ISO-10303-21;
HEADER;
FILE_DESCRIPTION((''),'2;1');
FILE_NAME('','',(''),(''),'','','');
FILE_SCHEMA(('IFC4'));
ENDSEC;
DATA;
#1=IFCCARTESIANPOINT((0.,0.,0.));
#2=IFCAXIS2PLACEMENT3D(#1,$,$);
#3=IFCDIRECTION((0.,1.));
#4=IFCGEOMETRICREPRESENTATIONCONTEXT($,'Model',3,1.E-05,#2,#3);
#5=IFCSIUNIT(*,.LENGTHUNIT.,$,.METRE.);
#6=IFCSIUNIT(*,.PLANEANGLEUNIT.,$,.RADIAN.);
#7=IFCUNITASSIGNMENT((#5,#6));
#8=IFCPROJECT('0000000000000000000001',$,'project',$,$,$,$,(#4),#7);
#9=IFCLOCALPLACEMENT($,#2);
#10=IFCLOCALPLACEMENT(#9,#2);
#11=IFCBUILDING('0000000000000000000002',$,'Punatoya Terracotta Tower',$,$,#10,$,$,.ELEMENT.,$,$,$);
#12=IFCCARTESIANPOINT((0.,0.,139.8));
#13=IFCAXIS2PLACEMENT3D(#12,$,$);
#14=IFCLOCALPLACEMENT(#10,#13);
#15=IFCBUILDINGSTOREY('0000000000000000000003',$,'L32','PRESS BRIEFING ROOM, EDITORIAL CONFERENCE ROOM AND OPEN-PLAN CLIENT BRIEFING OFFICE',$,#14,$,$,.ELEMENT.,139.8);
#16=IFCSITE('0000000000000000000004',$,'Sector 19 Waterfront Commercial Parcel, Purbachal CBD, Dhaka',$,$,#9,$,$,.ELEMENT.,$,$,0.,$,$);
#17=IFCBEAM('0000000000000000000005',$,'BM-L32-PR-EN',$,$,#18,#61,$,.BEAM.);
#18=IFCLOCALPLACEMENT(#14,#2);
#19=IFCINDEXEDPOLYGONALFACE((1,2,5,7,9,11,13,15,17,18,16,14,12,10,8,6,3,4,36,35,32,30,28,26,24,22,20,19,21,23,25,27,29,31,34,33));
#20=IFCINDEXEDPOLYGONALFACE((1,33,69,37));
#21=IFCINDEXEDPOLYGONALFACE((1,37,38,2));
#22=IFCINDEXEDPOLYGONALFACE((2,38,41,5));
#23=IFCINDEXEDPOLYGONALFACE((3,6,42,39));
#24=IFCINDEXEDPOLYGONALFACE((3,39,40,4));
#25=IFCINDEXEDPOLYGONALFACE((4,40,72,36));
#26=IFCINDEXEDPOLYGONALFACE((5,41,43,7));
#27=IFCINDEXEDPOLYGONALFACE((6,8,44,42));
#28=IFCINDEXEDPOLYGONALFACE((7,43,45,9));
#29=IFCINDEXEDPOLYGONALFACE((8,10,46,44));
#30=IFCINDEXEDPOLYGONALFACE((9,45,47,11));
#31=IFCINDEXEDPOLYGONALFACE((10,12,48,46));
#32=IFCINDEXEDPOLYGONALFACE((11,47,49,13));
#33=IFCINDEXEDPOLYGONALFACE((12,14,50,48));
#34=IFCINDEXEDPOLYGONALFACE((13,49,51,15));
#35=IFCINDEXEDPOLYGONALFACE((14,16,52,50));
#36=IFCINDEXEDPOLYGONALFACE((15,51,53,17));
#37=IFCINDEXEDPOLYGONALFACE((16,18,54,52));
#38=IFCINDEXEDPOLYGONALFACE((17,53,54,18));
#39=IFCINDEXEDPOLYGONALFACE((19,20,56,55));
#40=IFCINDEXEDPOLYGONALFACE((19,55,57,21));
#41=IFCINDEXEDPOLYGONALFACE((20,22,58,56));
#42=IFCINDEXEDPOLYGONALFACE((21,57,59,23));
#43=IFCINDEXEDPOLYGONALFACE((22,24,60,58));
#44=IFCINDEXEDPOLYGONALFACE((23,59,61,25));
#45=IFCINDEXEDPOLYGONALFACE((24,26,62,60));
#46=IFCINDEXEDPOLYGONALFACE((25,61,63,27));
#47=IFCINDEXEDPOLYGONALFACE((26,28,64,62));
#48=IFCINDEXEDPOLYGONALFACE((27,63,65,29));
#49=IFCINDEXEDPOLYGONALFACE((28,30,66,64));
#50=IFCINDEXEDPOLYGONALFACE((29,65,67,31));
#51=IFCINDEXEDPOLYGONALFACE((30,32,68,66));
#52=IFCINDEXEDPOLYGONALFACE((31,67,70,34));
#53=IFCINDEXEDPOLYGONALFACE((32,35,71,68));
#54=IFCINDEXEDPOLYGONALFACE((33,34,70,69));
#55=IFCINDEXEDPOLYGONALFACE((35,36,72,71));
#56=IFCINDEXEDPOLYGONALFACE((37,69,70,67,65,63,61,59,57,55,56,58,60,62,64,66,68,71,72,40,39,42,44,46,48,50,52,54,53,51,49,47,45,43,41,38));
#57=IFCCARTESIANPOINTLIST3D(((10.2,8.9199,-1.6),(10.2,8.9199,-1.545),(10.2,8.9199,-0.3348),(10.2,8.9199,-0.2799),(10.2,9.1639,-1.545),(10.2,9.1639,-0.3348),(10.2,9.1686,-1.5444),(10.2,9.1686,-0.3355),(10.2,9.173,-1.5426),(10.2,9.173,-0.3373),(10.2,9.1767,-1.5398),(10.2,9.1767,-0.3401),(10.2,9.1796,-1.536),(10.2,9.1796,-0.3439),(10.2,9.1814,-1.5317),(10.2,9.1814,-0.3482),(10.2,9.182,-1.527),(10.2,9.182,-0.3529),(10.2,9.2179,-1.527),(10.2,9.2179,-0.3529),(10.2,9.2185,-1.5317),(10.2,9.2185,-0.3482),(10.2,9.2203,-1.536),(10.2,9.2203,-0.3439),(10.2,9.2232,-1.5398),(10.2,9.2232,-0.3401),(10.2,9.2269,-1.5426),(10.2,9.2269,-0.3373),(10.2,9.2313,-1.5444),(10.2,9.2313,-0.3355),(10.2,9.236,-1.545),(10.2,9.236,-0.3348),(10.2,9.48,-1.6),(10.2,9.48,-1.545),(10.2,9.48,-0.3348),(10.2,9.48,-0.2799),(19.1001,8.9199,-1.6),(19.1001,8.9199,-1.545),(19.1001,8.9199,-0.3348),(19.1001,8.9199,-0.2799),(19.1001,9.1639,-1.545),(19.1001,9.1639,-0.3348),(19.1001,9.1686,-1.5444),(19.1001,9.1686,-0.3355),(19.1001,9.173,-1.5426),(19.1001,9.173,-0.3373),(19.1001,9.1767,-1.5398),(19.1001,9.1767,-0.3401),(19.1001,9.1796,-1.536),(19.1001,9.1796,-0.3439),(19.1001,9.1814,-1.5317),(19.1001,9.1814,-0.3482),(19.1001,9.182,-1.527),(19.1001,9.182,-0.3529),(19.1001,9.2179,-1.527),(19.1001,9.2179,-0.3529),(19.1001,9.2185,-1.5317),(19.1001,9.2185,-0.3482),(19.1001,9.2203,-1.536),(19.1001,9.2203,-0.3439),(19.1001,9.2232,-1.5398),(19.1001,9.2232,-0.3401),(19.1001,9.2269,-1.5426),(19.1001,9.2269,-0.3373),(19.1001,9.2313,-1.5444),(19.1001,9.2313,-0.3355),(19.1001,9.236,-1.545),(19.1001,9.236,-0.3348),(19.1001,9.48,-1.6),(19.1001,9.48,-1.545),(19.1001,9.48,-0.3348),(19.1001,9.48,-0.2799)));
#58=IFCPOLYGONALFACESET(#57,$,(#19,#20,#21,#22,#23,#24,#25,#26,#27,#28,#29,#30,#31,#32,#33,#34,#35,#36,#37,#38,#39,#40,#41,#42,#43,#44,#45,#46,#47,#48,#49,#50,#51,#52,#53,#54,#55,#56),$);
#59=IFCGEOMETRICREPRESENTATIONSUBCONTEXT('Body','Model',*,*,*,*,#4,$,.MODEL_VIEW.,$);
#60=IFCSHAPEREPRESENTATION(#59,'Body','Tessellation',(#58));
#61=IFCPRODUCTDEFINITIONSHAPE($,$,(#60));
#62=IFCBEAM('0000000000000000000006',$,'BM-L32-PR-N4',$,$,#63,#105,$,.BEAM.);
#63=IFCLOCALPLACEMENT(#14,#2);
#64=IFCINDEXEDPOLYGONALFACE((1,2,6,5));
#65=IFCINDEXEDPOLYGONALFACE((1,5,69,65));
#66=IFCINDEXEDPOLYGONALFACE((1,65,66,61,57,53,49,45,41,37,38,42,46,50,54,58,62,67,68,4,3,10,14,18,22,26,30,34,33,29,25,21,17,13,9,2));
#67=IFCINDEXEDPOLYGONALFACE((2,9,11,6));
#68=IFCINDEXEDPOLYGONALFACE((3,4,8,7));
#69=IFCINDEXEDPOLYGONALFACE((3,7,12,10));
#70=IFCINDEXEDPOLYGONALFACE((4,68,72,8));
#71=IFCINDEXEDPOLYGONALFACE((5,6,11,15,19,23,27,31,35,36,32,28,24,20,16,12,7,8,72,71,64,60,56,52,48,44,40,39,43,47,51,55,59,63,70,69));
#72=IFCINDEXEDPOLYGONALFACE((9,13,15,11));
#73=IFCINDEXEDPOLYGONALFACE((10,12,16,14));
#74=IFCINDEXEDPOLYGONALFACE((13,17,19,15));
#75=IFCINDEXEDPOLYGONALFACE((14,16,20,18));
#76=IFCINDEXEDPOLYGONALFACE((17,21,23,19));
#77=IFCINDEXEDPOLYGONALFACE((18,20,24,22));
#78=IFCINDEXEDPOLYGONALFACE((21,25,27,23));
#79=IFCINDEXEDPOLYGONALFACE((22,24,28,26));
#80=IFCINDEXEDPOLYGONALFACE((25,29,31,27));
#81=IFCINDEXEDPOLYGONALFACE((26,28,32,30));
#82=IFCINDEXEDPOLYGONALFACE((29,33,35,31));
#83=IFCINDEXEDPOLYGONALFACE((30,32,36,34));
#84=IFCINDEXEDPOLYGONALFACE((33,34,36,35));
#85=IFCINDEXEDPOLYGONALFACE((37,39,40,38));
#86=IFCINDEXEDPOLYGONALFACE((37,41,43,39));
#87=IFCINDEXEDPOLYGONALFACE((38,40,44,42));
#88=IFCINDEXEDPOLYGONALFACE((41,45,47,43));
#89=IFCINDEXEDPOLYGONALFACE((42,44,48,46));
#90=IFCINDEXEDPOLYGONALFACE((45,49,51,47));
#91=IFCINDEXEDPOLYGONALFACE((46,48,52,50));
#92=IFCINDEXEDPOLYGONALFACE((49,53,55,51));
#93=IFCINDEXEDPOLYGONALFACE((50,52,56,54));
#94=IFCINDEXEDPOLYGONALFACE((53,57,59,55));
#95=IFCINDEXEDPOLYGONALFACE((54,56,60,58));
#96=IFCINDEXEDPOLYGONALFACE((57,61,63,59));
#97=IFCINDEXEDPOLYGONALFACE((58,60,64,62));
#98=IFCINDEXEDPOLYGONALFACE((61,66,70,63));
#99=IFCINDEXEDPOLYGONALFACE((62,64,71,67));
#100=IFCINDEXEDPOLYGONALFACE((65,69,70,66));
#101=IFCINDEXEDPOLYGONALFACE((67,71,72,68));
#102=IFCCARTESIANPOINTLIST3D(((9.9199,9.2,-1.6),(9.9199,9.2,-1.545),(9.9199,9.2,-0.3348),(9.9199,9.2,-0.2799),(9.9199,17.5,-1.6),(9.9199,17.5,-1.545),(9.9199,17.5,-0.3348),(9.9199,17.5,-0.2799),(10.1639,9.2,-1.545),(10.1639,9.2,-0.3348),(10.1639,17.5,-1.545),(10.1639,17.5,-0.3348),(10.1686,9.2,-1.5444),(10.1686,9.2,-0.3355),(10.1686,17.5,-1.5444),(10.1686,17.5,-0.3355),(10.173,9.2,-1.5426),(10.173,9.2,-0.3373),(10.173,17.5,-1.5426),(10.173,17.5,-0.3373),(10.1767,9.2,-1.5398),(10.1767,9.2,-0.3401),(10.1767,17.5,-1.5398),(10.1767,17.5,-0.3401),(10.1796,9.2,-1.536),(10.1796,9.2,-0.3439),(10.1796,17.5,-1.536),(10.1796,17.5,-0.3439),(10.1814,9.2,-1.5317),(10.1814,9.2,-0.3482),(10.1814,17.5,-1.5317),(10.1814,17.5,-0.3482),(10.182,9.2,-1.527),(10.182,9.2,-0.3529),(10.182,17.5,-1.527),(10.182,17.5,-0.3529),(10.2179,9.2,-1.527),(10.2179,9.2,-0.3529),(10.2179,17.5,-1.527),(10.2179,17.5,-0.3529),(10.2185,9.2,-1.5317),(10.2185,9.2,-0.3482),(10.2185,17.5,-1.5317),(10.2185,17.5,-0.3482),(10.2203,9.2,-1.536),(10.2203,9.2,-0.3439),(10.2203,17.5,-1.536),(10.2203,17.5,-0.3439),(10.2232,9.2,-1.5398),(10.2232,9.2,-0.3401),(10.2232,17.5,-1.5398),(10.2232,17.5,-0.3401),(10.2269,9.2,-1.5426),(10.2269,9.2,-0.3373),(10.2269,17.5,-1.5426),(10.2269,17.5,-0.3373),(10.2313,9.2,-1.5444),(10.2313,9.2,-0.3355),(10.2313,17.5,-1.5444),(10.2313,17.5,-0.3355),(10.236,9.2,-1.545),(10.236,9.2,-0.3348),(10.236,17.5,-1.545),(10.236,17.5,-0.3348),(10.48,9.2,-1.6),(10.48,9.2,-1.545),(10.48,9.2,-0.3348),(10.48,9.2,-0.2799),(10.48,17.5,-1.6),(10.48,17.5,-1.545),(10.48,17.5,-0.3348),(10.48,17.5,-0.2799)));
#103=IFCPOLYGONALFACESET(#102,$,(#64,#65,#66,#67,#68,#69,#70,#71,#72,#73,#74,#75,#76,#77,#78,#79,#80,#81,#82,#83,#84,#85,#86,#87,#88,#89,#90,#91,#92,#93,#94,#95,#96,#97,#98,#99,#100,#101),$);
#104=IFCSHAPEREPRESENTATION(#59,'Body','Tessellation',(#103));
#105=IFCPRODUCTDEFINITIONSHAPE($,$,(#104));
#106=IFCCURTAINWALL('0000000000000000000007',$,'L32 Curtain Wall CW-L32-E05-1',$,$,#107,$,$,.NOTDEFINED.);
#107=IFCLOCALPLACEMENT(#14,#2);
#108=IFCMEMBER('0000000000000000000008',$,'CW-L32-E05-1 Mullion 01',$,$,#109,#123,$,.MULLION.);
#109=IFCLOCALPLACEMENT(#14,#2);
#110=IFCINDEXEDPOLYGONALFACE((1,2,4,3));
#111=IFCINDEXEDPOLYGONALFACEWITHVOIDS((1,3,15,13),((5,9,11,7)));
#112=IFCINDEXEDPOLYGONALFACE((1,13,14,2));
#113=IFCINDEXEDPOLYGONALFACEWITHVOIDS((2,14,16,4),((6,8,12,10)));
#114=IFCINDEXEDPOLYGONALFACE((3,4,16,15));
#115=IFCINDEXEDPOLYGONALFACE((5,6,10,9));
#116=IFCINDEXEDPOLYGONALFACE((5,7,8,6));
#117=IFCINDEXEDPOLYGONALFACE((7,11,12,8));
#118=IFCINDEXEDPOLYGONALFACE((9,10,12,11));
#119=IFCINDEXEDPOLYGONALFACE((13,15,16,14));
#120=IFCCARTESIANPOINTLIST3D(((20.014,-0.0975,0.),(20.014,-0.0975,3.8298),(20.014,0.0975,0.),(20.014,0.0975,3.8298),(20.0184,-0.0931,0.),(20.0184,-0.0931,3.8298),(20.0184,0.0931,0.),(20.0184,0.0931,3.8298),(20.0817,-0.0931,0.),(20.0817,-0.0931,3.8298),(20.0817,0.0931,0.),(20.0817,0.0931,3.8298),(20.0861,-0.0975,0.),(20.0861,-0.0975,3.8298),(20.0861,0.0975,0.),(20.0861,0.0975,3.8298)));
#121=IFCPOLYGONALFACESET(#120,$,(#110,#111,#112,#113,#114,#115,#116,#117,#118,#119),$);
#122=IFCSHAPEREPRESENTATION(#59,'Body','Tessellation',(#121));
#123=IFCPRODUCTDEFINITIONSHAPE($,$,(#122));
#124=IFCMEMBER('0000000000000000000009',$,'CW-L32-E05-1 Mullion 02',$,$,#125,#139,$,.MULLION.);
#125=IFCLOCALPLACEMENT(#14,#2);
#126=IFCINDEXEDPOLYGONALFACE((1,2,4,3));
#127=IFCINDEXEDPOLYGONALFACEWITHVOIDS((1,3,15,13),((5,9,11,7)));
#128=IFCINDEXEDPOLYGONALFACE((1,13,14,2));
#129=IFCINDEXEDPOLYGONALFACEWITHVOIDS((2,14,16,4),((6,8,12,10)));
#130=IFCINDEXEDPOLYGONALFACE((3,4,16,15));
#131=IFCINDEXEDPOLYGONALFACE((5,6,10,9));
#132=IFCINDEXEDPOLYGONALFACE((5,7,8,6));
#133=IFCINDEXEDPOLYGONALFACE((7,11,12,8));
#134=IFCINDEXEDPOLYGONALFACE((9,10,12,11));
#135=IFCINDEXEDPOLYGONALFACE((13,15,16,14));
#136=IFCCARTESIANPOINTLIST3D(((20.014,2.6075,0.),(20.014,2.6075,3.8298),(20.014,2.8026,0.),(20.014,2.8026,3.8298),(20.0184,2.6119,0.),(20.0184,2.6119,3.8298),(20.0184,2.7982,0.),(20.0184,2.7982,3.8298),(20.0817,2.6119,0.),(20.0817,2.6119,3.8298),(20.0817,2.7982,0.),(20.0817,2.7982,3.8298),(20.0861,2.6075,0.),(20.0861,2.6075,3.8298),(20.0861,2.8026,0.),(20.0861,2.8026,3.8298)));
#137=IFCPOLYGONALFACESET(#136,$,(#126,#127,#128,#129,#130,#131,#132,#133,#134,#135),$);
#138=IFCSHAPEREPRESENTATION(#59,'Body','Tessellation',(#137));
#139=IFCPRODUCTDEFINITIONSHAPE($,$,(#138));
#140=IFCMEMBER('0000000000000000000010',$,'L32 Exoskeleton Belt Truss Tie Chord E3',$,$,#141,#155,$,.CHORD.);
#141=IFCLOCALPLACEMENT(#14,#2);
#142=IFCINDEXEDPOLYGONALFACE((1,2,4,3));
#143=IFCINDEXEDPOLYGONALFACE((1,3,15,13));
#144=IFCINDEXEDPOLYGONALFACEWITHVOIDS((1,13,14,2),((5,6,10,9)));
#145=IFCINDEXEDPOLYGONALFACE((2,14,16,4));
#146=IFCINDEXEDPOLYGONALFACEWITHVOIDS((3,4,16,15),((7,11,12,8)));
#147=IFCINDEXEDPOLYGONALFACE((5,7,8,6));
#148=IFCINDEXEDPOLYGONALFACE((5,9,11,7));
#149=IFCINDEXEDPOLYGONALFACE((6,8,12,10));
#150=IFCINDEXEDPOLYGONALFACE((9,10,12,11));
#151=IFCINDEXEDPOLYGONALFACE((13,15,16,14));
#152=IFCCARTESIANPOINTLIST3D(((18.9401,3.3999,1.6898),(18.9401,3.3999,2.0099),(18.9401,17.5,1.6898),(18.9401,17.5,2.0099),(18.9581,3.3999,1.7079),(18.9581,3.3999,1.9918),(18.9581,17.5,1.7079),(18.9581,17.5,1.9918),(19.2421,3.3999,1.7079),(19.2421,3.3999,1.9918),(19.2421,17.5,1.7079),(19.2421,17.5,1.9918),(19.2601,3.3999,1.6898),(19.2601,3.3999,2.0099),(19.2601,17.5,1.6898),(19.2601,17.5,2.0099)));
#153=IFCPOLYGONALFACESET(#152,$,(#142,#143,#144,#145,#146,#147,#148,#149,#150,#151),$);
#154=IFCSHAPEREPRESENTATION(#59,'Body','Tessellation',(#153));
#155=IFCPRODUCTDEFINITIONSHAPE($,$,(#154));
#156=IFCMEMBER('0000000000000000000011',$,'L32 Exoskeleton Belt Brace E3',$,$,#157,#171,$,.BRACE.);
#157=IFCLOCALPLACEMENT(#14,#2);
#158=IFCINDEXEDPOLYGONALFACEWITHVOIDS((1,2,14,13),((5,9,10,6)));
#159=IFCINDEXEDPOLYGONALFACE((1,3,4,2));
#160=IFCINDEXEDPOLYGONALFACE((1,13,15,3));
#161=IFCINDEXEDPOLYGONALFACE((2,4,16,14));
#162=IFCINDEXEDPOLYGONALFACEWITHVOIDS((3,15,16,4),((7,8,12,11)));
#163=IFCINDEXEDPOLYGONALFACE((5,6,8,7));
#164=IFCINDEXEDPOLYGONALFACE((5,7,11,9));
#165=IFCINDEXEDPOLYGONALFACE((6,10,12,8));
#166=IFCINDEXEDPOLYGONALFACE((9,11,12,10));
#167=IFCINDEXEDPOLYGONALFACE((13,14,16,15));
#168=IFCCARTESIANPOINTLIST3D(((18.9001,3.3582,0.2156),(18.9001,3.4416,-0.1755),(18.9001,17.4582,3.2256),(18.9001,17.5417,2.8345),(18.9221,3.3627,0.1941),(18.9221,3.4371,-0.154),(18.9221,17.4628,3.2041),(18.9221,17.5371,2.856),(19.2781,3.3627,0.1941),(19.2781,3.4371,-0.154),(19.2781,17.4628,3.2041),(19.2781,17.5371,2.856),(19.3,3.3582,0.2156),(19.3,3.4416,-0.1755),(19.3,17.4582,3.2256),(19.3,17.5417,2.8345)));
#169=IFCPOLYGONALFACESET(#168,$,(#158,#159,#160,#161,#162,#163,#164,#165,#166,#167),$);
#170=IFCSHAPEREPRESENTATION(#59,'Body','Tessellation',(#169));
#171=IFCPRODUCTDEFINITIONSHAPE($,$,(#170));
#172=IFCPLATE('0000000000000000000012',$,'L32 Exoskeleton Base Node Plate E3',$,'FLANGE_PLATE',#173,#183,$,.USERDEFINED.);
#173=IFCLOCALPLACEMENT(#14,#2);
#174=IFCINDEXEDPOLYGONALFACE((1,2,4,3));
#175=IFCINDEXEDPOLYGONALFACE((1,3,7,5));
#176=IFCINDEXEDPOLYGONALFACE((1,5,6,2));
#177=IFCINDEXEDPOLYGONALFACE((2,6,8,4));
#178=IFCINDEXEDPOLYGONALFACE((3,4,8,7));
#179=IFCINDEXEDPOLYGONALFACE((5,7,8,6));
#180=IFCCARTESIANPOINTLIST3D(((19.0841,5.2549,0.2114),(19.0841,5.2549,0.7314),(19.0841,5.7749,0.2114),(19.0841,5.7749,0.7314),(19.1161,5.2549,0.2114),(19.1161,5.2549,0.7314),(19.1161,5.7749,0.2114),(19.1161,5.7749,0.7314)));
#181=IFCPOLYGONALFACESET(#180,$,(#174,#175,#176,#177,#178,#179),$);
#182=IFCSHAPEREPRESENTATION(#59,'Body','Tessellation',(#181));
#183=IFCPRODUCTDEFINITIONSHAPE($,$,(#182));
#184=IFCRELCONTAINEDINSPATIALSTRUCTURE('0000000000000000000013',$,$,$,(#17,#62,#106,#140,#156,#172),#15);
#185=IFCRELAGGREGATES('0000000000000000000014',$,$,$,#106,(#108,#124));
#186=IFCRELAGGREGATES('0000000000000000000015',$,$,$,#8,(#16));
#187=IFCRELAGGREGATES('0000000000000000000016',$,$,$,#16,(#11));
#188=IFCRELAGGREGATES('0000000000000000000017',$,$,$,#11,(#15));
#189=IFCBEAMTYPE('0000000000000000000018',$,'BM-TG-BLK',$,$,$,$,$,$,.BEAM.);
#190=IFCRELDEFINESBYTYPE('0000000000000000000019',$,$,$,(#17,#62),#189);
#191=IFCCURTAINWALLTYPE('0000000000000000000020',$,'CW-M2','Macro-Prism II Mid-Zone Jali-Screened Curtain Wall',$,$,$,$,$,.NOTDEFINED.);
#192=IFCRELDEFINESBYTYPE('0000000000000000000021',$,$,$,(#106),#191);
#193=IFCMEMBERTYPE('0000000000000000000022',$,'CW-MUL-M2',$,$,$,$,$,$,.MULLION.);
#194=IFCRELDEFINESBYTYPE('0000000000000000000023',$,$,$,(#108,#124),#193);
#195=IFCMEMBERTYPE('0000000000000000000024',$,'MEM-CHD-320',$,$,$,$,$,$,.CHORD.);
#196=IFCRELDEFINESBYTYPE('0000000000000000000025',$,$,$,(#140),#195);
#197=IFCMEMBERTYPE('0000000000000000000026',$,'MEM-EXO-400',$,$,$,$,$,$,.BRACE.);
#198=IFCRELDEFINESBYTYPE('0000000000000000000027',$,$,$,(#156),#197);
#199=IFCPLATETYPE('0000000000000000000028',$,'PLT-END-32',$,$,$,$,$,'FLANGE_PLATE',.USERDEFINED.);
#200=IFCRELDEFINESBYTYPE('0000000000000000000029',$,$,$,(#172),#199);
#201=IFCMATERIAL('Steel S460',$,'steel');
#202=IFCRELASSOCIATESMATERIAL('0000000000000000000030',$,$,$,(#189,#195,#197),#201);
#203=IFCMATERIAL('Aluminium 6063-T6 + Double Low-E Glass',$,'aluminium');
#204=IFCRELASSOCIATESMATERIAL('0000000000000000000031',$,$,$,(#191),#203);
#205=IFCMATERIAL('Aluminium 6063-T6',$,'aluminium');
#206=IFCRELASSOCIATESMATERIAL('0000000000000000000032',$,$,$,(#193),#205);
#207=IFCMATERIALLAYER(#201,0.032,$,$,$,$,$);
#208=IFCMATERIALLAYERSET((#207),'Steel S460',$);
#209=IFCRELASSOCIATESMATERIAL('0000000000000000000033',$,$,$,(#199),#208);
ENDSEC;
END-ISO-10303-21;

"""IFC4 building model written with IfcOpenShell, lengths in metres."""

from ifc_helpers import new_model, si_unit, direction, frame, origin, origin_2d, place, context, subcontext, project, spatial, rectangle, hollow_rectangle, i_section, extrude, material, layer, layer_set, material_profile, profile_set, type_object, element, aggregate, save


model = new_model("IFC4")

# Units and contexts
model_context = context("Model", 3, precision=1e-05, world=origin(), true_north=direction((0.0, 1.0)))
body_context = subcontext(model_context, "Body", "Model", "MODEL_VIEW")
ifc_project = project(units=[si_unit("LENGTHUNIT", "METRE"), si_unit("PLANEANGLEUNIT", "RADIAN")], contexts=[model_context])

# Site, building, storey
site_placement = place(None, origin())
site = spatial("IfcSite", under=ifc_project, at=site_placement, Name="Sector 19 Waterfront Commercial Parcel, Purbachal CBD, Dhaka", CompositionType="ELEMENT", RefElevation=0.0)
building_placement = place(site_placement, origin())
building = spatial("IfcBuilding", under=site, at=building_placement, Name="Punatoya Terracotta Tower", CompositionType="ELEMENT")
storey_placement = place(building_placement, frame((0.0, 0.0, 139.8)))
storey = spatial("IfcBuildingStorey", under=building, at=storey_placement, Name="L32", Description="PRESS BRIEFING ROOM, EDITORIAL CONFERENCE ROOM AND OPEN-PLAN CLIENT BRIEFING OFFICE", CompositionType="ELEMENT", Elevation=139.8)

# Shared definitions
ifc_material_1 = material(Name="Steel S460", Category="steel")

# Beams
ifc_material_profile_1 = material_profile(ifc_material_1, i_section(OverallWidth=0.5601, OverallDepth=1.3201, WebThickness=0.0359, FlangeThickness=0.0549, FilletRadius=0.0181, at=origin_2d()))
ifc_profile_set_1 = profile_set([ifc_material_profile_1], Name="Steel S460")
beam_type_1 = type_object("IfcBeamType", Name="BM-TG-BLK", PredefinedType="BEAM", material=ifc_profile_set_1)
for number, where, z_axis, x_axis, name in (
    (1, (10.2, 9.2, -0.9399), (1.0, 0.0, 0.0), (0.0, 1.0, 0.0), "BM-L32-PR-EN"),
):
    element("IfcBeam", number, at=place(storey_placement, frame(where, z_axis=z_axis, x_axis=x_axis)), inside=storey, type_object=beam_type_1, Name=name, PredefinedType="BEAM", context=body_context, shape_type="SweptSolid", body=[
        extrude(i_section(OverallWidth=0.5601, OverallDepth=1.3201, WebThickness=0.0359, FlangeThickness=0.0549, FilletRadius=0.0181, at=origin_2d()), origin(), (0.0, 0.0, 1.0), 8.9001),
    ])
beam_1_placement = place(storey_placement, frame((10.2, 9.2, -0.9399), z_axis=(0.0, 1.0, 0.0), x_axis=(-1.0, 0.0, 0.0)))
element("IfcBeam", 2, at=beam_1_placement, inside=storey, type_object=beam_type_1, Name="BM-L32-PR-N4", PredefinedType="BEAM", context=body_context, shape_type="SweptSolid", body=[
    extrude(i_section(OverallWidth=0.5601, OverallDepth=1.3201, WebThickness=0.0359, FlangeThickness=0.0549, FilletRadius=0.0181, at=origin_2d()), origin(), (0.0, 0.0, 1.0), 8.3),
])

# Curtain wall, members
ifc_material_2 = material(Name="Aluminium 6063-T6 + Double Low-E Glass", Category="aluminium")
curtain_wall_type = type_object("IfcCurtainWallType", Name="CW-M2", Description="Macro-Prism II Mid-Zone Jali-Screened Curtain Wall", PredefinedType="NOTDEFINED", material=ifc_material_2)
curtain_wall_placement = place(storey_placement, origin())
curtain_wall = element("IfcCurtainWall", 3, at=curtain_wall_placement, inside=storey, type_object=curtain_wall_type, Name="L32 Curtain Wall CW-L32-E05-1", PredefinedType="NOTDEFINED")
ifc_material_3 = material(Name="Aluminium 6063-T6", Category="aluminium")
ifc_material_profile_2 = material_profile(ifc_material_3, hollow_rectangle(XDim=0.072, YDim=0.1951, WallThickness=0.0044, at=origin_2d()))
ifc_profile_set_2 = profile_set([ifc_material_profile_2], Name="Aluminium 6063-T6")
member_type_1 = type_object("IfcMemberType", Name="CW-MUL-M2", PredefinedType="MULLION", material=ifc_profile_set_2)
member_1_placement = place(storey_placement, frame((20.05, 0.0, 0.0), z_axis=(0.0, 0.0, 1.0), x_axis=(1.0, 0.0, 0.0)))
member_1 = element("IfcMember", 4, at=member_1_placement, type_object=member_type_1, Name="CW-L32-E05-1 Mullion 01", PredefinedType="MULLION", context=body_context, shape_type="SweptSolid", body=[
    extrude(hollow_rectangle(XDim=0.072, YDim=0.1951, WallThickness=0.0044, at=origin_2d()), origin(), (0.0, 0.0, 1.0), 3.8298),
])
member_2_placement = place(storey_placement, frame((20.05, 2.7051, 0.0), z_axis=(0.0, 0.0, 1.0), x_axis=(1.0, 0.0, 0.0)))
member_2 = element("IfcMember", 5, at=member_2_placement, type_object=member_type_1, Name="CW-L32-E05-1 Mullion 02", PredefinedType="MULLION", context=body_context, shape_type="SweptSolid", body=[
    extrude(hollow_rectangle(XDim=0.072, YDim=0.1951, WallThickness=0.0044, at=origin_2d()), origin(), (0.0, 0.0, 1.0), 3.8298),
])

# Members
ifc_material_profile_3 = material_profile(ifc_material_1, hollow_rectangle(XDim=0.3201, YDim=0.3201, WallThickness=0.0181, at=origin_2d()))
ifc_profile_set_3 = profile_set([ifc_material_profile_3], Name="Steel S460")
member_type_2 = type_object("IfcMemberType", Name="MEM-CHD-320", PredefinedType="CHORD", material=ifc_profile_set_3)
member_3_placement = place(storey_placement, frame((19.1001, 3.3999, 1.8499), z_axis=(0.0, 1.0, 0.0), x_axis=(-1.0, 0.0, 0.0)))
element("IfcMember", 6, at=member_3_placement, inside=storey, type_object=member_type_2, Name="L32 Exoskeleton Belt Truss Tie Chord E3", PredefinedType="CHORD", context=body_context, shape_type="SweptSolid", body=[
    extrude(hollow_rectangle(XDim=0.3201, YDim=0.3201, WallThickness=0.0181, at=origin_2d()), origin(), (0.0, 0.0, 1.0), 14.1001),
])
ifc_material_profile_4 = material_profile(ifc_material_1, hollow_rectangle(XDim=0.3999, YDim=0.3999, WallThickness=0.022, at=origin_2d()))
ifc_profile_set_4 = profile_set([ifc_material_profile_4], Name="Steel S460")
member_type_3 = type_object("IfcMemberType", Name="MEM-EXO-400", PredefinedType="BRACE", material=ifc_profile_set_4)
member_4_placement = place(storey_placement, frame((19.1001, 3.3999, 0.02), z_axis=(0.0, 0.977965, 0.20877), x_axis=(-1.0, 0.0, 0.0)))
element("IfcMember", 7, at=member_4_placement, inside=storey, type_object=member_type_3, Name="L32 Exoskeleton Belt Brace E3", PredefinedType="BRACE", context=body_context, shape_type="SweptSolid", body=[
    extrude(hollow_rectangle(XDim=0.3999, YDim=0.3999, WallThickness=0.022, at=origin_2d()), origin(), (0.0, 0.0, 1.0), 14.4177),
])

# Plate
ifc_layer_1 = layer(ifc_material_1, 0.032)
ifc_layer_set_1 = layer_set([ifc_layer_1], Name="Steel S460")
plate_type_1 = type_object("IfcPlateType", Name="PLT-END-32", ElementType="FLANGE_PLATE", PredefinedType="USERDEFINED", material=ifc_layer_set_1)
plate_1_placement = place(storey_placement, frame((19.1001, 5.5149, 0.2114), z_axis=(0.0, 0.0, 1.0), x_axis=(0.0, 1.0, 0.0)))
element("IfcPlate", 8, at=plate_1_placement, inside=storey, type_object=plate_type_1, Name="L32 Exoskeleton Base Node Plate E3", ObjectType="FLANGE_PLATE", PredefinedType="USERDEFINED", context=body_context, shape_type="SweptSolid", body=[
    extrude(rectangle(XDim=0.52, YDim=0.032, at=origin_2d()), origin(), (0.0, 0.0, 1.0), 0.52),
])
aggregate(curtain_wall, [member_1, member_2])

save(model, "model.ifc")
